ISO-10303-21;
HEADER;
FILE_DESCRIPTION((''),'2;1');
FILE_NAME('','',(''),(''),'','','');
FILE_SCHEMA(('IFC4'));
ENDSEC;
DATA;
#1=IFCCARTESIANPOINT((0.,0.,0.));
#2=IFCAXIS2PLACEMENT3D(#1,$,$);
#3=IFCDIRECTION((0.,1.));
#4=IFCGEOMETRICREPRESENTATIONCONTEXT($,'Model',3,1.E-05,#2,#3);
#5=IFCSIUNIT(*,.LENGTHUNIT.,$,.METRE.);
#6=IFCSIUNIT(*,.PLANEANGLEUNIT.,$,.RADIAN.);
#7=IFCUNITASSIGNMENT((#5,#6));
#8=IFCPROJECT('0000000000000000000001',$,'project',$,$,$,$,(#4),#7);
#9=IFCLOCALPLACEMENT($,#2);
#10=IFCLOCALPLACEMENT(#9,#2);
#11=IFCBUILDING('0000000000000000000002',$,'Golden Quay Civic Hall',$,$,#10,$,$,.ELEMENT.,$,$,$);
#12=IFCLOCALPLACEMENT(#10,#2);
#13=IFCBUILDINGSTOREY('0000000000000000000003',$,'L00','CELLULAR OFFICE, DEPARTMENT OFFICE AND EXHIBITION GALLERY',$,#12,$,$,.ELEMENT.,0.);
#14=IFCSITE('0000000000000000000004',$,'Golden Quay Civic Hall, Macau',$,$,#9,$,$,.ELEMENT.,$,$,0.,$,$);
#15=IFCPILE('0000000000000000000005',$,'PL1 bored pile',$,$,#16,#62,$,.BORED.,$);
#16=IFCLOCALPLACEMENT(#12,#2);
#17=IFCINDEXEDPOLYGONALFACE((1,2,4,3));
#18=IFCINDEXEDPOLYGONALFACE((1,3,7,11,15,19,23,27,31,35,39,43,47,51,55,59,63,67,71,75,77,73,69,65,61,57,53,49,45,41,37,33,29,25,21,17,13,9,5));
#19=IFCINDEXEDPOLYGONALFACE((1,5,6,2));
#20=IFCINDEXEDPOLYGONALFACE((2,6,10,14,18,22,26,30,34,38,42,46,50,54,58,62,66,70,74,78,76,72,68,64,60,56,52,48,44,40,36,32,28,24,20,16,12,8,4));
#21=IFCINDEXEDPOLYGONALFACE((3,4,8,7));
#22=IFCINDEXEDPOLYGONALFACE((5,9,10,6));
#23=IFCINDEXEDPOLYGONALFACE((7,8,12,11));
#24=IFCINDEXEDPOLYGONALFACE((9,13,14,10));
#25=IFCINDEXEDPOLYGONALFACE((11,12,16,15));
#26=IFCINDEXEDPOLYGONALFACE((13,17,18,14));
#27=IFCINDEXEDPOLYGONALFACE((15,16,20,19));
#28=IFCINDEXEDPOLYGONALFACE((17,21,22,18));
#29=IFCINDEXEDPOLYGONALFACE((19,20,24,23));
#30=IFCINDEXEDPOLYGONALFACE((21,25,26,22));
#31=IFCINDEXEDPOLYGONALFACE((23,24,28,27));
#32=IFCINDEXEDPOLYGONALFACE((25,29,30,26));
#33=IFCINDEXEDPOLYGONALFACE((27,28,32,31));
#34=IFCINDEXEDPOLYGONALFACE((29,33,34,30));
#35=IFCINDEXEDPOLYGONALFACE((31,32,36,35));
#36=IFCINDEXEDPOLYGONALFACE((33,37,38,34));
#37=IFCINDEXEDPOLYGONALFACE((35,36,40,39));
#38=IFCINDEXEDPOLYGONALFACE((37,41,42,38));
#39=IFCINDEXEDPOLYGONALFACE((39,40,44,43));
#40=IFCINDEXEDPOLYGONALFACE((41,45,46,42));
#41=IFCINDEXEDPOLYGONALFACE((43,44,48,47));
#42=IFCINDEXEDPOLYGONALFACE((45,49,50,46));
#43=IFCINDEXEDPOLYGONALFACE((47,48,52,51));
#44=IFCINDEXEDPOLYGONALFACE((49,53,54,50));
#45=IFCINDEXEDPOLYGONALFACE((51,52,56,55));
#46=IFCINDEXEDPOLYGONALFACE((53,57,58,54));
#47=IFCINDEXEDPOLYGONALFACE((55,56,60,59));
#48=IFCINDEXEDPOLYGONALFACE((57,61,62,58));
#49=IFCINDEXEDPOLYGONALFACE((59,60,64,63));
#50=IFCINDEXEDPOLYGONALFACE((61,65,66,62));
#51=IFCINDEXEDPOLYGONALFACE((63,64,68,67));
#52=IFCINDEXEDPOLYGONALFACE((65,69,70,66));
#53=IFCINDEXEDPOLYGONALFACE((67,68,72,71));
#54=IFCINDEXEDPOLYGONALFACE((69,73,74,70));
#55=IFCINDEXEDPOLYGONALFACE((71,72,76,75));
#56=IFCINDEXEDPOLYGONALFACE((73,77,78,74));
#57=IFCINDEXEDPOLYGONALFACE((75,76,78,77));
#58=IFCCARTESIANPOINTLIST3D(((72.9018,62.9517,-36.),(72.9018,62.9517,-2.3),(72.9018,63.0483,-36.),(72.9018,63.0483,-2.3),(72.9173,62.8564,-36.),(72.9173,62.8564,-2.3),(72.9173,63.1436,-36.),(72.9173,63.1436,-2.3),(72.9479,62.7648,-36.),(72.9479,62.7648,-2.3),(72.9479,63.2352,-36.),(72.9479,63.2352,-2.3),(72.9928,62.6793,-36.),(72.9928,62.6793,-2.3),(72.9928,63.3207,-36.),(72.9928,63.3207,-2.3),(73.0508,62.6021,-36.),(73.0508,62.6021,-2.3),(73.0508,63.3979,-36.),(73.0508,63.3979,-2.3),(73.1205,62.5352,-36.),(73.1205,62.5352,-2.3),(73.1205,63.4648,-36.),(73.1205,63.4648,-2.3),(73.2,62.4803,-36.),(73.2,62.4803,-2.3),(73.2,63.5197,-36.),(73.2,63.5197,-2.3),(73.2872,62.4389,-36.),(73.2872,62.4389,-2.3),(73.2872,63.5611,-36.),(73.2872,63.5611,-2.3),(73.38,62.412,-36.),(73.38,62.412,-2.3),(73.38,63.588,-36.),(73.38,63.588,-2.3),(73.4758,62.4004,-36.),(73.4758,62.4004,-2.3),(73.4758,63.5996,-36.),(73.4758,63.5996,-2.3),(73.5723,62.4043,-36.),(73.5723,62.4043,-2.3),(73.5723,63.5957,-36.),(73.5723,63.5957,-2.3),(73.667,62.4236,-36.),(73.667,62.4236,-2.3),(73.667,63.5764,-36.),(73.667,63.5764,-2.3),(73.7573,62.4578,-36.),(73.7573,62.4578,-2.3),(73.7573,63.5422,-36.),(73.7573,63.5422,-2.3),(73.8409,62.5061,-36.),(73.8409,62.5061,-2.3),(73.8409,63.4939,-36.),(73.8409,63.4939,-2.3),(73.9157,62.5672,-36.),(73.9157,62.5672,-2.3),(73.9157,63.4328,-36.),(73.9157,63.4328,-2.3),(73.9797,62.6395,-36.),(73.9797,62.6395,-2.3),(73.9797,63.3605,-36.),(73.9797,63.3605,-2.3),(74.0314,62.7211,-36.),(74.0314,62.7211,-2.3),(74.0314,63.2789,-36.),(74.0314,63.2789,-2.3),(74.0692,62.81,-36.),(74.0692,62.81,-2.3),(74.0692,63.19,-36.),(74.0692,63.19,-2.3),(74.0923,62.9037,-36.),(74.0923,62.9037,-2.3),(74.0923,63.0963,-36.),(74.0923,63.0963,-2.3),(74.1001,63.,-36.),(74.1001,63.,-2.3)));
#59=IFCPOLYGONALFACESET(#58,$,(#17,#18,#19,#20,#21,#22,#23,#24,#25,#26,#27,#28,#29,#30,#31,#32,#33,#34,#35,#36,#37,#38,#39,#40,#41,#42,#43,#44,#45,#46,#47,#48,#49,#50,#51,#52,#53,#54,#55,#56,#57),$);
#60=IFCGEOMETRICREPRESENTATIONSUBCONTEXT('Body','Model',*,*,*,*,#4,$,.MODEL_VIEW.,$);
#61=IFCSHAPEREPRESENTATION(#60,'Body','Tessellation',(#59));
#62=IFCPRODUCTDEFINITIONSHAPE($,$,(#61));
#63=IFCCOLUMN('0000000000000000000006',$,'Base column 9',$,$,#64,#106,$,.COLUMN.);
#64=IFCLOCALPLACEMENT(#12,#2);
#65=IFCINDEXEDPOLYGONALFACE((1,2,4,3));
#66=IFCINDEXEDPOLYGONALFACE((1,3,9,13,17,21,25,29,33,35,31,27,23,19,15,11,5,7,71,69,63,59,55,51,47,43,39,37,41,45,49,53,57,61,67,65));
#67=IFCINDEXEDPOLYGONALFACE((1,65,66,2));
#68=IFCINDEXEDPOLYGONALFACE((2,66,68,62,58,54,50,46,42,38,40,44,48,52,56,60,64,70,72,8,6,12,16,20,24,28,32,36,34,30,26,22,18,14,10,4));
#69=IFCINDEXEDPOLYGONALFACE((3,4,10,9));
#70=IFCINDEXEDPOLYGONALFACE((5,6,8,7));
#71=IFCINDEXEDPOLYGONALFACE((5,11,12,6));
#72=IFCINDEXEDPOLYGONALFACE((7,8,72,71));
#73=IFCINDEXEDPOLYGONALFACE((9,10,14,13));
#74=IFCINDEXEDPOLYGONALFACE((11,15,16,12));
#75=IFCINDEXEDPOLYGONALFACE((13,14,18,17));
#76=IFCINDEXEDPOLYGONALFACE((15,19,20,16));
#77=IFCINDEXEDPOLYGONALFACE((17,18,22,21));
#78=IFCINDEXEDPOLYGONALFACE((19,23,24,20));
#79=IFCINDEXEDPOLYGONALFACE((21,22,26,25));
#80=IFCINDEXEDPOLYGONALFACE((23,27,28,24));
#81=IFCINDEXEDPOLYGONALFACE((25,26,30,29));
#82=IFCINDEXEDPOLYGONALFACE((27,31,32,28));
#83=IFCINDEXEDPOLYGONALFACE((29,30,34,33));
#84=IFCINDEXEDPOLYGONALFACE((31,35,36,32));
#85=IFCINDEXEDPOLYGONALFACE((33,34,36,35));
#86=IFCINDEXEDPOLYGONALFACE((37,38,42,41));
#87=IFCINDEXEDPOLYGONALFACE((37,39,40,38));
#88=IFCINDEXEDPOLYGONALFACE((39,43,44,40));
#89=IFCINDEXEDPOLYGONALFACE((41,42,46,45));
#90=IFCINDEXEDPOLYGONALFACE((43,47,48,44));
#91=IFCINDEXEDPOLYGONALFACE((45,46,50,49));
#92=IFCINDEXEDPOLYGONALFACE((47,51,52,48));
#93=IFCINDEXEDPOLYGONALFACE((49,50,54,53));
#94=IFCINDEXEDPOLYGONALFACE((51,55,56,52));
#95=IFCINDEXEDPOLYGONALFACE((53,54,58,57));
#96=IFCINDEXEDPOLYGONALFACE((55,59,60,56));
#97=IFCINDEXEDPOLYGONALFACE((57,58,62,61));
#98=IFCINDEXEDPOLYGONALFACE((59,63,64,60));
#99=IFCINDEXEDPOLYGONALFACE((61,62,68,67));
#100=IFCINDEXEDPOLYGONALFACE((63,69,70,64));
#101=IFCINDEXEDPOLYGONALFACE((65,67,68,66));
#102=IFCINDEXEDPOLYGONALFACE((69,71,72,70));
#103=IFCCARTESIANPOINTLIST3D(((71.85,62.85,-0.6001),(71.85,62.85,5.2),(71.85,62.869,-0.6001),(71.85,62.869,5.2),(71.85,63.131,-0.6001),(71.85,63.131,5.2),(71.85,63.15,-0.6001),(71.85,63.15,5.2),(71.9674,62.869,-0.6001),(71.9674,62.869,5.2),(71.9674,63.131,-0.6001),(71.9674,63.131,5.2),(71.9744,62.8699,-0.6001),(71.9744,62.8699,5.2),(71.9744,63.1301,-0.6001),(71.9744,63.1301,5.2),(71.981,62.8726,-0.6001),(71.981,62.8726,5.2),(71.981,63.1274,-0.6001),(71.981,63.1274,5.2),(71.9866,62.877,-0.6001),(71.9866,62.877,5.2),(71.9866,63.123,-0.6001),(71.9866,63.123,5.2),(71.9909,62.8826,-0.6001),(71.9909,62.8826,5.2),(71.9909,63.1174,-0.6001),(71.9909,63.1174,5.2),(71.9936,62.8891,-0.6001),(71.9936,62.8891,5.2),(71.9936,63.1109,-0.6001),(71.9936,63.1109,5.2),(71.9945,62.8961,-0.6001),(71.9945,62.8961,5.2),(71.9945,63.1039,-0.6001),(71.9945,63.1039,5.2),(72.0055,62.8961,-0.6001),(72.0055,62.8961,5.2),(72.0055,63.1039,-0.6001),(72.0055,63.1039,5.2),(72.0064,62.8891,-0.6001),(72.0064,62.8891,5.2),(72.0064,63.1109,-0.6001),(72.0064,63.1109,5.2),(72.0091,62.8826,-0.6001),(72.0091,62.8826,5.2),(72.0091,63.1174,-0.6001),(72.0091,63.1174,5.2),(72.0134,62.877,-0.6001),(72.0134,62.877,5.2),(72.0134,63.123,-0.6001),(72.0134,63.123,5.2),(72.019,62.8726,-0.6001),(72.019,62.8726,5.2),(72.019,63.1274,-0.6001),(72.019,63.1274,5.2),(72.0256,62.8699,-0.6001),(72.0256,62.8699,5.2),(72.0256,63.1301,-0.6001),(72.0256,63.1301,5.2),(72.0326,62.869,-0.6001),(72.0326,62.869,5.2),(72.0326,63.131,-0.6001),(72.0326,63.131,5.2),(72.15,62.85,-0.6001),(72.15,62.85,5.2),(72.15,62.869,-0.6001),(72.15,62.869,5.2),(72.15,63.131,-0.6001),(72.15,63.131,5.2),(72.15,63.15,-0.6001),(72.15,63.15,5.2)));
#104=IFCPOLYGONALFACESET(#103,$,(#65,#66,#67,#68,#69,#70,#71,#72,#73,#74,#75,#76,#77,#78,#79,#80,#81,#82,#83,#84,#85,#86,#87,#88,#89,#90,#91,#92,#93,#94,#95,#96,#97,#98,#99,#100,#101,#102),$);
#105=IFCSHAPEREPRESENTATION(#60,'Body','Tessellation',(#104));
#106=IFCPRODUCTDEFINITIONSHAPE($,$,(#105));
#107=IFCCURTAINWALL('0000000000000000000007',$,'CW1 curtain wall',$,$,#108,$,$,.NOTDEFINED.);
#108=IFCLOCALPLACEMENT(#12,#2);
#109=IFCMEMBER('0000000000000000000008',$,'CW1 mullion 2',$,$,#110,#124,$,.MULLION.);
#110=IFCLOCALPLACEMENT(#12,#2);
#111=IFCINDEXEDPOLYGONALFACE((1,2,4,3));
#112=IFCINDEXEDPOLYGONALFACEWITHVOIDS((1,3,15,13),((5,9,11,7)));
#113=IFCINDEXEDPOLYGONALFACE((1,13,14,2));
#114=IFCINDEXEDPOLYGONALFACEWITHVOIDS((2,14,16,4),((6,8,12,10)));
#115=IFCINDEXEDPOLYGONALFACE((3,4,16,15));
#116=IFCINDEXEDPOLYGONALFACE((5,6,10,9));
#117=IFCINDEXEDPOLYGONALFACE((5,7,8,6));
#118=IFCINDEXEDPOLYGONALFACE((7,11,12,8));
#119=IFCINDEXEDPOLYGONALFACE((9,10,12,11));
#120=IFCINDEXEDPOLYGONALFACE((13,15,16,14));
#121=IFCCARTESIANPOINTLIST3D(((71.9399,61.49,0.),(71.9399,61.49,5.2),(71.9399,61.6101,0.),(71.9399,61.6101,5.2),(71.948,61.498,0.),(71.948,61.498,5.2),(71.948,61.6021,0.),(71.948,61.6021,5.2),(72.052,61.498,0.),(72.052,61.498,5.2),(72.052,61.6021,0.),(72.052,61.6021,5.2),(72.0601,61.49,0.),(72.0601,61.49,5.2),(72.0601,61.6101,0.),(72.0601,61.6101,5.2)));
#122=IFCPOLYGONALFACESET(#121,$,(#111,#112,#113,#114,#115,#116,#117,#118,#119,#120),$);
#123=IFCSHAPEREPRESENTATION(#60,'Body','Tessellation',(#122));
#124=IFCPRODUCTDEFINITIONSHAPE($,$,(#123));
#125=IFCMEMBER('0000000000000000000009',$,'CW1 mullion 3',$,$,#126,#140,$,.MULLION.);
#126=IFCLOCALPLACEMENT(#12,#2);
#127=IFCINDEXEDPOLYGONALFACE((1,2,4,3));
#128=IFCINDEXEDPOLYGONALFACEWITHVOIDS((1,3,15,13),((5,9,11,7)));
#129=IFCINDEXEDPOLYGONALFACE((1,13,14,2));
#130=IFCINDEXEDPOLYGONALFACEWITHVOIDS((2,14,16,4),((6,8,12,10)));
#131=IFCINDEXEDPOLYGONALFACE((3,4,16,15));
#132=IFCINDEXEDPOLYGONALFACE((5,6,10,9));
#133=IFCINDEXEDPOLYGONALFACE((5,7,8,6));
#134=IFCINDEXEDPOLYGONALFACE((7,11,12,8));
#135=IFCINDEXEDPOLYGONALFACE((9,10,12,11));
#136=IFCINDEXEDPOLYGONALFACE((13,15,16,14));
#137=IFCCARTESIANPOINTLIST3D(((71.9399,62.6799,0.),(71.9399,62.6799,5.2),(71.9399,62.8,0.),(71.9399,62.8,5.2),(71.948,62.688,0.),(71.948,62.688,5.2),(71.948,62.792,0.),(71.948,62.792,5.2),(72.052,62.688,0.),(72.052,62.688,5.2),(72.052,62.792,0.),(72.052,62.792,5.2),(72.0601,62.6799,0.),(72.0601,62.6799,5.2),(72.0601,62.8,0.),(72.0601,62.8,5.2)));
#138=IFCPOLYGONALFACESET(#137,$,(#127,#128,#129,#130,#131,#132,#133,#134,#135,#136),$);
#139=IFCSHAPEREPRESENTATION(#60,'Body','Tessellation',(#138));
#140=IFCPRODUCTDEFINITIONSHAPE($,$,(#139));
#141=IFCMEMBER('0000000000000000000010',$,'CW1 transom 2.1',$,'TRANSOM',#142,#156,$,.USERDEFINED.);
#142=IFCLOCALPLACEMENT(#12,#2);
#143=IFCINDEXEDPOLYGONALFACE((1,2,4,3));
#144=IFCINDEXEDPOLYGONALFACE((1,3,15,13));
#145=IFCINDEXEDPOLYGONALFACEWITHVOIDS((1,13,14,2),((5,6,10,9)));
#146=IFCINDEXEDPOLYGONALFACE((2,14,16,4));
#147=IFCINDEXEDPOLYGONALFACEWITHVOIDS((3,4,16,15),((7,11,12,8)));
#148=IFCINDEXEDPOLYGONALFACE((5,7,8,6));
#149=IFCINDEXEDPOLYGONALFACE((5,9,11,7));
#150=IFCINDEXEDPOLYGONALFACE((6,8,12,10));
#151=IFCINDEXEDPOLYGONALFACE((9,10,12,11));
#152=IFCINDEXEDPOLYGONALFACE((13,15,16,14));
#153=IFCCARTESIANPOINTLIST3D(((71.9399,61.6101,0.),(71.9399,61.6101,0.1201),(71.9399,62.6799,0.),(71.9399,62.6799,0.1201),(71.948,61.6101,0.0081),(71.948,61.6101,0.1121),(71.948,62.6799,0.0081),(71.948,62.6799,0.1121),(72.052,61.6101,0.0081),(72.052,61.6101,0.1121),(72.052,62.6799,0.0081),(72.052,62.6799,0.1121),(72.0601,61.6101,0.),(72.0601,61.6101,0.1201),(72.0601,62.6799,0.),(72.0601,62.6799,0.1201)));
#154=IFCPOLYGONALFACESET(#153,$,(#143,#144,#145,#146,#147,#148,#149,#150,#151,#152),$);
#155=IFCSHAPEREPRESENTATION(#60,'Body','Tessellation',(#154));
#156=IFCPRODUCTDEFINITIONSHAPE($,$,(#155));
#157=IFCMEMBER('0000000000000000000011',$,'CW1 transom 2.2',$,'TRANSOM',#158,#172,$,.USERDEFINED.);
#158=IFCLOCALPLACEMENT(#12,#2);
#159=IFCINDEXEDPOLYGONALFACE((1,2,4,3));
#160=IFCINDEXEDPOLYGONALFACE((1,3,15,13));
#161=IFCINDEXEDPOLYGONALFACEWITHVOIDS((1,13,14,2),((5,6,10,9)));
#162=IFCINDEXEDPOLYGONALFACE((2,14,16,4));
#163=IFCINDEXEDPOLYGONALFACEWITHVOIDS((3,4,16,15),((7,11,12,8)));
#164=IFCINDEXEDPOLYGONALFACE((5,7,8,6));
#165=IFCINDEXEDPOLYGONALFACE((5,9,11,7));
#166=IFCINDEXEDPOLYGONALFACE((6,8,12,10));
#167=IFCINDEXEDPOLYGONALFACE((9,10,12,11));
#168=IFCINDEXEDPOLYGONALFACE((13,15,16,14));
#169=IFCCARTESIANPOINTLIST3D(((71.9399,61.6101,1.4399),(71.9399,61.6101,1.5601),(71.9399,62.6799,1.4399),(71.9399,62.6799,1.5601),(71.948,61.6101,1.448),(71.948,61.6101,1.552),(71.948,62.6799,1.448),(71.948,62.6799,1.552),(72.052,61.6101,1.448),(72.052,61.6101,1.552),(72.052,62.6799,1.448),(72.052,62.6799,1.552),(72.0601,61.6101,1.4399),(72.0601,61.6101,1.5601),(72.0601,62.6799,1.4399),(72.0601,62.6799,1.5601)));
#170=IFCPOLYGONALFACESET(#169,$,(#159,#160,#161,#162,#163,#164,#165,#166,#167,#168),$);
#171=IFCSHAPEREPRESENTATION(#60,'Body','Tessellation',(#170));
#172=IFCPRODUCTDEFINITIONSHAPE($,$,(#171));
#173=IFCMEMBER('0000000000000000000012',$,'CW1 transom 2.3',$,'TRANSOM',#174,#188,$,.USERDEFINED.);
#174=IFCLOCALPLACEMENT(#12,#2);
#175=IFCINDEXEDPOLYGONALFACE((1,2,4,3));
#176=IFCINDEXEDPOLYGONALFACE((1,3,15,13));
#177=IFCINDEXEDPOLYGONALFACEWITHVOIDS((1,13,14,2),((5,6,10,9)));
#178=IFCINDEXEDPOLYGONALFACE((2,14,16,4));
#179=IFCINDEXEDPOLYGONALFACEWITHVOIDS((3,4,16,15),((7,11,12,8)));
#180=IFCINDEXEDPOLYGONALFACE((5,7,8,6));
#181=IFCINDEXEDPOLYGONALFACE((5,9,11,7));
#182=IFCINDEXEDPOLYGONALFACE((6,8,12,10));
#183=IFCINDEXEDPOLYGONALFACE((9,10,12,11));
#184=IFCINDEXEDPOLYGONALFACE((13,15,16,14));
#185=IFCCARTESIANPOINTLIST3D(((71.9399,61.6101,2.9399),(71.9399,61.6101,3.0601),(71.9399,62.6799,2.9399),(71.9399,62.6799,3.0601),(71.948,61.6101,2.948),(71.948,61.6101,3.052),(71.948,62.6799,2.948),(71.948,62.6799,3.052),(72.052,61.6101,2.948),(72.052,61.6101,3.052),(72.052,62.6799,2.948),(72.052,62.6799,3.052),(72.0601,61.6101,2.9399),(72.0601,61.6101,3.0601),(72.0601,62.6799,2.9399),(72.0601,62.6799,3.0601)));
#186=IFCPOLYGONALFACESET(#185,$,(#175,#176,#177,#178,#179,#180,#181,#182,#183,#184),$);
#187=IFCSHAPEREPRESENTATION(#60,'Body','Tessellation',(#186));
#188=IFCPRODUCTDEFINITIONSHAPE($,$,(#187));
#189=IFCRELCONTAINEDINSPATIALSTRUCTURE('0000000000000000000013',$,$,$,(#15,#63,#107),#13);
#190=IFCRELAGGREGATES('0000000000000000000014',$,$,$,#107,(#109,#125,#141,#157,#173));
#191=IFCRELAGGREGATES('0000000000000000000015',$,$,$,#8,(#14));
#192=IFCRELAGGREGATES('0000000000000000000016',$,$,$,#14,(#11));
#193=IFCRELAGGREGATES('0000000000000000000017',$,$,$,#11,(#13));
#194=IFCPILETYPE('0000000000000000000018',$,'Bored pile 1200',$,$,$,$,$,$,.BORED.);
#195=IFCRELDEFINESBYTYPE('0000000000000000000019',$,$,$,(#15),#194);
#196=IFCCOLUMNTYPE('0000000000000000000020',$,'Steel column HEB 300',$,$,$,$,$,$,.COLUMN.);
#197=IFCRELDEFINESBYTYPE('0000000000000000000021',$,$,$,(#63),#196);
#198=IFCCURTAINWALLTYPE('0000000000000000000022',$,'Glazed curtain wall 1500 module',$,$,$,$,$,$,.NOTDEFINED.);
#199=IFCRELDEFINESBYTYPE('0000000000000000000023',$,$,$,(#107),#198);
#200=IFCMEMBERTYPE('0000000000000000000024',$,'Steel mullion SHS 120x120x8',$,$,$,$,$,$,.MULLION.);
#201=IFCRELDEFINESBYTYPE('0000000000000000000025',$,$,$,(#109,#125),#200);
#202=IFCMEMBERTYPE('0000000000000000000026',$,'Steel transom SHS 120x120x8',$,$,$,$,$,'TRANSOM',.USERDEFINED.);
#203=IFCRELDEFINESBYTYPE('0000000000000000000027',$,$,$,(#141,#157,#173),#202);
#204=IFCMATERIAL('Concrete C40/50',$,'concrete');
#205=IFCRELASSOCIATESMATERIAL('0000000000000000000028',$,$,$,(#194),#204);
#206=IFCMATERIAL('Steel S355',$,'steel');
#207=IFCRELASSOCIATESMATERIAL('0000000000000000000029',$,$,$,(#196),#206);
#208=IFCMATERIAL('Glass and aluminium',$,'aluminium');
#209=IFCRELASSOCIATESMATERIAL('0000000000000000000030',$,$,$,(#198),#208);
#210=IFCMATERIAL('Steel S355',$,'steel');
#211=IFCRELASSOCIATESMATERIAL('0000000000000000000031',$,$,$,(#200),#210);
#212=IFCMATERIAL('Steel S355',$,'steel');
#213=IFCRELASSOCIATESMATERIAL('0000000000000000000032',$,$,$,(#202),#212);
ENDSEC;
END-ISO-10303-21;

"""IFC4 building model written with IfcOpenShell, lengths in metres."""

from ifc_helpers import new_model, si_unit, direction, frame, origin, origin_2d, place, context, subcontext, project, spatial, hollow_rectangle, circle, i_section, extrude, material, material_profile, profile_set, type_object, element, aggregate, save


model = new_model("IFC4")

# Units and contexts
model_context = context("Model", 3, precision=1e-05, world=origin(), true_north=direction((0.0, 1.0)))
body_context = subcontext(model_context, "Body", "Model", "MODEL_VIEW")
ifc_project = project(units=[si_unit("LENGTHUNIT", "METRE"), si_unit("PLANEANGLEUNIT", "RADIAN")], contexts=[model_context])

# Site, building, storey
site_placement = place(None, origin())
site = spatial("IfcSite", under=ifc_project, at=site_placement, Name="Golden Quay Civic Hall, Macau", CompositionType="ELEMENT", RefElevation=0.0)
building_placement = place(site_placement, origin())
building = spatial("IfcBuilding", under=site, at=building_placement, Name="Golden Quay Civic Hall", CompositionType="ELEMENT")
storey_placement = place(building_placement, origin())
storey = spatial("IfcBuildingStorey", under=building, at=storey_placement, Name="L00", Description="CELLULAR OFFICE, DEPARTMENT OFFICE AND EXHIBITION GALLERY", CompositionType="ELEMENT", Elevation=0.0)

# Pile
ifc_material_1 = material(Name="Concrete C40/50", Category="concrete")
ifc_material_profile_1 = material_profile(ifc_material_1, circle(Radius=0.6001, at=origin_2d()), Name="RC D1200")
ifc_profile_set_1 = profile_set([ifc_material_profile_1], Name="Concrete C40/50")
pile_type = type_object("IfcPileType", Name="Bored pile 1200", PredefinedType="BORED", material=ifc_profile_set_1)
pile_placement = place(storey_placement, frame((73.5, 63.0, -2.3), z_axis=(0.0, 0.0, -1.0), x_axis=(1.0, 0.0, 0.0)))
element("IfcPile", 1, at=pile_placement, inside=storey, type_object=pile_type, Name="PL1 bored pile", PredefinedType="BORED", context=body_context, shape_type="SweptSolid", body=[
    extrude(circle(Radius=0.6001, at=origin_2d()), origin(), (0.0, 0.0, 1.0), 33.7),
])

# Column
ifc_material_2 = material(Name="Steel S355", Category="steel")
ifc_material_profile_2 = material_profile(ifc_material_2, i_section(OverallWidth=0.3, OverallDepth=0.3, WebThickness=0.011, FlangeThickness=0.019, FilletRadius=0.0271, at=origin_2d()), Name="HEB 300")
ifc_profile_set_2 = profile_set([ifc_material_profile_2], Name="Steel S355")
column_type = type_object("IfcColumnType", Name="Steel column HEB 300", PredefinedType="COLUMN", material=ifc_profile_set_2)
column_placement = place(storey_placement, frame((72.0, 63.0, -0.6001), z_axis=(0.0, 0.0, 1.0), x_axis=(1.0, 0.0, 0.0)))
element("IfcColumn", 2, at=column_placement, inside=storey, type_object=column_type, Name="Base column 9", PredefinedType="COLUMN", context=body_context, shape_type="SweptSolid", body=[
    extrude(i_section(OverallWidth=0.3, OverallDepth=0.3, WebThickness=0.011, FlangeThickness=0.019, FilletRadius=0.0271, at=origin_2d()), origin(), (0.0, 0.0, 1.0), 5.8),
])

# Curtain wall, members
ifc_material_3 = material(Name="Glass and aluminium", Category="aluminium")
curtain_wall_type = type_object("IfcCurtainWallType", Name="Glazed curtain wall 1500 module", PredefinedType="NOTDEFINED", material=ifc_material_3)
curtain_wall_placement = place(storey_placement, origin())
curtain_wall = element("IfcCurtainWall", 3, at=curtain_wall_placement, inside=storey, type_object=curtain_wall_type, Name="CW1 curtain wall", PredefinedType="NOTDEFINED")
ifc_material_4 = material(Name="Steel S355", Category="steel")
ifc_material_profile_3 = material_profile(ifc_material_4, hollow_rectangle(XDim=0.1201, YDim=0.1201, WallThickness=0.0081, at=origin_2d()), Name="SHS 120x120x8")
ifc_profile_set_3 = profile_set([ifc_material_profile_3], Name="Steel S355")
member_type_1 = type_object("IfcMemberType", Name="Steel mullion SHS 120x120x8", PredefinedType="MULLION", material=ifc_profile_set_3)
member_1_placement = place(storey_placement, frame((72.0, 61.55, 0.0), z_axis=(0.0, 0.0, 1.0), x_axis=(-1.0, 0.0, 0.0)))
member_1 = element("IfcMember", 4, at=member_1_placement, type_object=member_type_1, Name="CW1 mullion 2", PredefinedType="MULLION", context=body_context, shape_type="SweptSolid", body=[
    extrude(hollow_rectangle(XDim=0.1201, YDim=0.1201, WallThickness=0.0081, at=origin_2d()), origin(), (0.0, 0.0, 1.0), 5.2),
])
member_2_placement = place(storey_placement, frame((72.0, 62.74, 0.0), z_axis=(0.0, 0.0, 1.0), x_axis=(-1.0, 0.0, 0.0)))
member_2 = element("IfcMember", 5, at=member_2_placement, type_object=member_type_1, Name="CW1 mullion 3", PredefinedType="MULLION", context=body_context, shape_type="SweptSolid", body=[
    extrude(hollow_rectangle(XDim=0.1201, YDim=0.1201, WallThickness=0.0081, at=origin_2d()), origin(), (0.0, 0.0, 1.0), 5.2),
])
ifc_material_5 = material(Name="Steel S355", Category="steel")
ifc_material_profile_4 = material_profile(ifc_material_5, hollow_rectangle(XDim=0.1201, YDim=0.1201, WallThickness=0.0081, at=origin_2d()), Name="SHS 120x120x8")
ifc_profile_set_4 = profile_set([ifc_material_profile_4], Name="Steel S355")
member_type_2 = type_object("IfcMemberType", Name="Steel transom SHS 120x120x8", ElementType="TRANSOM", PredefinedType="USERDEFINED", material=ifc_profile_set_4)
member_3_placement = place(storey_placement, frame((72.0, 61.6101, 0.0601), z_axis=(0.0, 1.0, 0.0), x_axis=(-1.0, 0.0, 0.0)))
member_3 = element("IfcMember", 6, at=member_3_placement, type_object=member_type_2, Name="CW1 transom 2.1", ObjectType="TRANSOM", PredefinedType="USERDEFINED", context=body_context, shape_type="SweptSolid", body=[
    extrude(hollow_rectangle(XDim=0.1201, YDim=0.1201, WallThickness=0.0081, at=origin_2d()), origin(), (0.0, 0.0, 1.0), 1.0698),
])
member_4_placement = place(storey_placement, frame((72.0, 61.6101, 1.5), z_axis=(0.0, 1.0, 0.0), x_axis=(-1.0, 0.0, 0.0)))
member_4 = element("IfcMember", 7, at=member_4_placement, type_object=member_type_2, Name="CW1 transom 2.2", ObjectType="TRANSOM", PredefinedType="USERDEFINED", context=body_context, shape_type="SweptSolid", body=[
    extrude(hollow_rectangle(XDim=0.1201, YDim=0.1201, WallThickness=0.0081, at=origin_2d()), origin(), (0.0, 0.0, 1.0), 1.0698),
])
member_5_placement = place(storey_placement, frame((72.0, 61.6101, 3.0), z_axis=(0.0, 1.0, 0.0), x_axis=(-1.0, 0.0, 0.0)))
member_5 = element("IfcMember", 8, at=member_5_placement, type_object=member_type_2, Name="CW1 transom 2.3", ObjectType="TRANSOM", PredefinedType="USERDEFINED", context=body_context, shape_type="SweptSolid", body=[
    extrude(hollow_rectangle(XDim=0.1201, YDim=0.1201, WallThickness=0.0081, at=origin_2d()), origin(), (0.0, 0.0, 1.0), 1.0698),
])
aggregate(curtain_wall, [member_1, member_2, member_3, member_4, member_5])

save(model, "model.ifc")
